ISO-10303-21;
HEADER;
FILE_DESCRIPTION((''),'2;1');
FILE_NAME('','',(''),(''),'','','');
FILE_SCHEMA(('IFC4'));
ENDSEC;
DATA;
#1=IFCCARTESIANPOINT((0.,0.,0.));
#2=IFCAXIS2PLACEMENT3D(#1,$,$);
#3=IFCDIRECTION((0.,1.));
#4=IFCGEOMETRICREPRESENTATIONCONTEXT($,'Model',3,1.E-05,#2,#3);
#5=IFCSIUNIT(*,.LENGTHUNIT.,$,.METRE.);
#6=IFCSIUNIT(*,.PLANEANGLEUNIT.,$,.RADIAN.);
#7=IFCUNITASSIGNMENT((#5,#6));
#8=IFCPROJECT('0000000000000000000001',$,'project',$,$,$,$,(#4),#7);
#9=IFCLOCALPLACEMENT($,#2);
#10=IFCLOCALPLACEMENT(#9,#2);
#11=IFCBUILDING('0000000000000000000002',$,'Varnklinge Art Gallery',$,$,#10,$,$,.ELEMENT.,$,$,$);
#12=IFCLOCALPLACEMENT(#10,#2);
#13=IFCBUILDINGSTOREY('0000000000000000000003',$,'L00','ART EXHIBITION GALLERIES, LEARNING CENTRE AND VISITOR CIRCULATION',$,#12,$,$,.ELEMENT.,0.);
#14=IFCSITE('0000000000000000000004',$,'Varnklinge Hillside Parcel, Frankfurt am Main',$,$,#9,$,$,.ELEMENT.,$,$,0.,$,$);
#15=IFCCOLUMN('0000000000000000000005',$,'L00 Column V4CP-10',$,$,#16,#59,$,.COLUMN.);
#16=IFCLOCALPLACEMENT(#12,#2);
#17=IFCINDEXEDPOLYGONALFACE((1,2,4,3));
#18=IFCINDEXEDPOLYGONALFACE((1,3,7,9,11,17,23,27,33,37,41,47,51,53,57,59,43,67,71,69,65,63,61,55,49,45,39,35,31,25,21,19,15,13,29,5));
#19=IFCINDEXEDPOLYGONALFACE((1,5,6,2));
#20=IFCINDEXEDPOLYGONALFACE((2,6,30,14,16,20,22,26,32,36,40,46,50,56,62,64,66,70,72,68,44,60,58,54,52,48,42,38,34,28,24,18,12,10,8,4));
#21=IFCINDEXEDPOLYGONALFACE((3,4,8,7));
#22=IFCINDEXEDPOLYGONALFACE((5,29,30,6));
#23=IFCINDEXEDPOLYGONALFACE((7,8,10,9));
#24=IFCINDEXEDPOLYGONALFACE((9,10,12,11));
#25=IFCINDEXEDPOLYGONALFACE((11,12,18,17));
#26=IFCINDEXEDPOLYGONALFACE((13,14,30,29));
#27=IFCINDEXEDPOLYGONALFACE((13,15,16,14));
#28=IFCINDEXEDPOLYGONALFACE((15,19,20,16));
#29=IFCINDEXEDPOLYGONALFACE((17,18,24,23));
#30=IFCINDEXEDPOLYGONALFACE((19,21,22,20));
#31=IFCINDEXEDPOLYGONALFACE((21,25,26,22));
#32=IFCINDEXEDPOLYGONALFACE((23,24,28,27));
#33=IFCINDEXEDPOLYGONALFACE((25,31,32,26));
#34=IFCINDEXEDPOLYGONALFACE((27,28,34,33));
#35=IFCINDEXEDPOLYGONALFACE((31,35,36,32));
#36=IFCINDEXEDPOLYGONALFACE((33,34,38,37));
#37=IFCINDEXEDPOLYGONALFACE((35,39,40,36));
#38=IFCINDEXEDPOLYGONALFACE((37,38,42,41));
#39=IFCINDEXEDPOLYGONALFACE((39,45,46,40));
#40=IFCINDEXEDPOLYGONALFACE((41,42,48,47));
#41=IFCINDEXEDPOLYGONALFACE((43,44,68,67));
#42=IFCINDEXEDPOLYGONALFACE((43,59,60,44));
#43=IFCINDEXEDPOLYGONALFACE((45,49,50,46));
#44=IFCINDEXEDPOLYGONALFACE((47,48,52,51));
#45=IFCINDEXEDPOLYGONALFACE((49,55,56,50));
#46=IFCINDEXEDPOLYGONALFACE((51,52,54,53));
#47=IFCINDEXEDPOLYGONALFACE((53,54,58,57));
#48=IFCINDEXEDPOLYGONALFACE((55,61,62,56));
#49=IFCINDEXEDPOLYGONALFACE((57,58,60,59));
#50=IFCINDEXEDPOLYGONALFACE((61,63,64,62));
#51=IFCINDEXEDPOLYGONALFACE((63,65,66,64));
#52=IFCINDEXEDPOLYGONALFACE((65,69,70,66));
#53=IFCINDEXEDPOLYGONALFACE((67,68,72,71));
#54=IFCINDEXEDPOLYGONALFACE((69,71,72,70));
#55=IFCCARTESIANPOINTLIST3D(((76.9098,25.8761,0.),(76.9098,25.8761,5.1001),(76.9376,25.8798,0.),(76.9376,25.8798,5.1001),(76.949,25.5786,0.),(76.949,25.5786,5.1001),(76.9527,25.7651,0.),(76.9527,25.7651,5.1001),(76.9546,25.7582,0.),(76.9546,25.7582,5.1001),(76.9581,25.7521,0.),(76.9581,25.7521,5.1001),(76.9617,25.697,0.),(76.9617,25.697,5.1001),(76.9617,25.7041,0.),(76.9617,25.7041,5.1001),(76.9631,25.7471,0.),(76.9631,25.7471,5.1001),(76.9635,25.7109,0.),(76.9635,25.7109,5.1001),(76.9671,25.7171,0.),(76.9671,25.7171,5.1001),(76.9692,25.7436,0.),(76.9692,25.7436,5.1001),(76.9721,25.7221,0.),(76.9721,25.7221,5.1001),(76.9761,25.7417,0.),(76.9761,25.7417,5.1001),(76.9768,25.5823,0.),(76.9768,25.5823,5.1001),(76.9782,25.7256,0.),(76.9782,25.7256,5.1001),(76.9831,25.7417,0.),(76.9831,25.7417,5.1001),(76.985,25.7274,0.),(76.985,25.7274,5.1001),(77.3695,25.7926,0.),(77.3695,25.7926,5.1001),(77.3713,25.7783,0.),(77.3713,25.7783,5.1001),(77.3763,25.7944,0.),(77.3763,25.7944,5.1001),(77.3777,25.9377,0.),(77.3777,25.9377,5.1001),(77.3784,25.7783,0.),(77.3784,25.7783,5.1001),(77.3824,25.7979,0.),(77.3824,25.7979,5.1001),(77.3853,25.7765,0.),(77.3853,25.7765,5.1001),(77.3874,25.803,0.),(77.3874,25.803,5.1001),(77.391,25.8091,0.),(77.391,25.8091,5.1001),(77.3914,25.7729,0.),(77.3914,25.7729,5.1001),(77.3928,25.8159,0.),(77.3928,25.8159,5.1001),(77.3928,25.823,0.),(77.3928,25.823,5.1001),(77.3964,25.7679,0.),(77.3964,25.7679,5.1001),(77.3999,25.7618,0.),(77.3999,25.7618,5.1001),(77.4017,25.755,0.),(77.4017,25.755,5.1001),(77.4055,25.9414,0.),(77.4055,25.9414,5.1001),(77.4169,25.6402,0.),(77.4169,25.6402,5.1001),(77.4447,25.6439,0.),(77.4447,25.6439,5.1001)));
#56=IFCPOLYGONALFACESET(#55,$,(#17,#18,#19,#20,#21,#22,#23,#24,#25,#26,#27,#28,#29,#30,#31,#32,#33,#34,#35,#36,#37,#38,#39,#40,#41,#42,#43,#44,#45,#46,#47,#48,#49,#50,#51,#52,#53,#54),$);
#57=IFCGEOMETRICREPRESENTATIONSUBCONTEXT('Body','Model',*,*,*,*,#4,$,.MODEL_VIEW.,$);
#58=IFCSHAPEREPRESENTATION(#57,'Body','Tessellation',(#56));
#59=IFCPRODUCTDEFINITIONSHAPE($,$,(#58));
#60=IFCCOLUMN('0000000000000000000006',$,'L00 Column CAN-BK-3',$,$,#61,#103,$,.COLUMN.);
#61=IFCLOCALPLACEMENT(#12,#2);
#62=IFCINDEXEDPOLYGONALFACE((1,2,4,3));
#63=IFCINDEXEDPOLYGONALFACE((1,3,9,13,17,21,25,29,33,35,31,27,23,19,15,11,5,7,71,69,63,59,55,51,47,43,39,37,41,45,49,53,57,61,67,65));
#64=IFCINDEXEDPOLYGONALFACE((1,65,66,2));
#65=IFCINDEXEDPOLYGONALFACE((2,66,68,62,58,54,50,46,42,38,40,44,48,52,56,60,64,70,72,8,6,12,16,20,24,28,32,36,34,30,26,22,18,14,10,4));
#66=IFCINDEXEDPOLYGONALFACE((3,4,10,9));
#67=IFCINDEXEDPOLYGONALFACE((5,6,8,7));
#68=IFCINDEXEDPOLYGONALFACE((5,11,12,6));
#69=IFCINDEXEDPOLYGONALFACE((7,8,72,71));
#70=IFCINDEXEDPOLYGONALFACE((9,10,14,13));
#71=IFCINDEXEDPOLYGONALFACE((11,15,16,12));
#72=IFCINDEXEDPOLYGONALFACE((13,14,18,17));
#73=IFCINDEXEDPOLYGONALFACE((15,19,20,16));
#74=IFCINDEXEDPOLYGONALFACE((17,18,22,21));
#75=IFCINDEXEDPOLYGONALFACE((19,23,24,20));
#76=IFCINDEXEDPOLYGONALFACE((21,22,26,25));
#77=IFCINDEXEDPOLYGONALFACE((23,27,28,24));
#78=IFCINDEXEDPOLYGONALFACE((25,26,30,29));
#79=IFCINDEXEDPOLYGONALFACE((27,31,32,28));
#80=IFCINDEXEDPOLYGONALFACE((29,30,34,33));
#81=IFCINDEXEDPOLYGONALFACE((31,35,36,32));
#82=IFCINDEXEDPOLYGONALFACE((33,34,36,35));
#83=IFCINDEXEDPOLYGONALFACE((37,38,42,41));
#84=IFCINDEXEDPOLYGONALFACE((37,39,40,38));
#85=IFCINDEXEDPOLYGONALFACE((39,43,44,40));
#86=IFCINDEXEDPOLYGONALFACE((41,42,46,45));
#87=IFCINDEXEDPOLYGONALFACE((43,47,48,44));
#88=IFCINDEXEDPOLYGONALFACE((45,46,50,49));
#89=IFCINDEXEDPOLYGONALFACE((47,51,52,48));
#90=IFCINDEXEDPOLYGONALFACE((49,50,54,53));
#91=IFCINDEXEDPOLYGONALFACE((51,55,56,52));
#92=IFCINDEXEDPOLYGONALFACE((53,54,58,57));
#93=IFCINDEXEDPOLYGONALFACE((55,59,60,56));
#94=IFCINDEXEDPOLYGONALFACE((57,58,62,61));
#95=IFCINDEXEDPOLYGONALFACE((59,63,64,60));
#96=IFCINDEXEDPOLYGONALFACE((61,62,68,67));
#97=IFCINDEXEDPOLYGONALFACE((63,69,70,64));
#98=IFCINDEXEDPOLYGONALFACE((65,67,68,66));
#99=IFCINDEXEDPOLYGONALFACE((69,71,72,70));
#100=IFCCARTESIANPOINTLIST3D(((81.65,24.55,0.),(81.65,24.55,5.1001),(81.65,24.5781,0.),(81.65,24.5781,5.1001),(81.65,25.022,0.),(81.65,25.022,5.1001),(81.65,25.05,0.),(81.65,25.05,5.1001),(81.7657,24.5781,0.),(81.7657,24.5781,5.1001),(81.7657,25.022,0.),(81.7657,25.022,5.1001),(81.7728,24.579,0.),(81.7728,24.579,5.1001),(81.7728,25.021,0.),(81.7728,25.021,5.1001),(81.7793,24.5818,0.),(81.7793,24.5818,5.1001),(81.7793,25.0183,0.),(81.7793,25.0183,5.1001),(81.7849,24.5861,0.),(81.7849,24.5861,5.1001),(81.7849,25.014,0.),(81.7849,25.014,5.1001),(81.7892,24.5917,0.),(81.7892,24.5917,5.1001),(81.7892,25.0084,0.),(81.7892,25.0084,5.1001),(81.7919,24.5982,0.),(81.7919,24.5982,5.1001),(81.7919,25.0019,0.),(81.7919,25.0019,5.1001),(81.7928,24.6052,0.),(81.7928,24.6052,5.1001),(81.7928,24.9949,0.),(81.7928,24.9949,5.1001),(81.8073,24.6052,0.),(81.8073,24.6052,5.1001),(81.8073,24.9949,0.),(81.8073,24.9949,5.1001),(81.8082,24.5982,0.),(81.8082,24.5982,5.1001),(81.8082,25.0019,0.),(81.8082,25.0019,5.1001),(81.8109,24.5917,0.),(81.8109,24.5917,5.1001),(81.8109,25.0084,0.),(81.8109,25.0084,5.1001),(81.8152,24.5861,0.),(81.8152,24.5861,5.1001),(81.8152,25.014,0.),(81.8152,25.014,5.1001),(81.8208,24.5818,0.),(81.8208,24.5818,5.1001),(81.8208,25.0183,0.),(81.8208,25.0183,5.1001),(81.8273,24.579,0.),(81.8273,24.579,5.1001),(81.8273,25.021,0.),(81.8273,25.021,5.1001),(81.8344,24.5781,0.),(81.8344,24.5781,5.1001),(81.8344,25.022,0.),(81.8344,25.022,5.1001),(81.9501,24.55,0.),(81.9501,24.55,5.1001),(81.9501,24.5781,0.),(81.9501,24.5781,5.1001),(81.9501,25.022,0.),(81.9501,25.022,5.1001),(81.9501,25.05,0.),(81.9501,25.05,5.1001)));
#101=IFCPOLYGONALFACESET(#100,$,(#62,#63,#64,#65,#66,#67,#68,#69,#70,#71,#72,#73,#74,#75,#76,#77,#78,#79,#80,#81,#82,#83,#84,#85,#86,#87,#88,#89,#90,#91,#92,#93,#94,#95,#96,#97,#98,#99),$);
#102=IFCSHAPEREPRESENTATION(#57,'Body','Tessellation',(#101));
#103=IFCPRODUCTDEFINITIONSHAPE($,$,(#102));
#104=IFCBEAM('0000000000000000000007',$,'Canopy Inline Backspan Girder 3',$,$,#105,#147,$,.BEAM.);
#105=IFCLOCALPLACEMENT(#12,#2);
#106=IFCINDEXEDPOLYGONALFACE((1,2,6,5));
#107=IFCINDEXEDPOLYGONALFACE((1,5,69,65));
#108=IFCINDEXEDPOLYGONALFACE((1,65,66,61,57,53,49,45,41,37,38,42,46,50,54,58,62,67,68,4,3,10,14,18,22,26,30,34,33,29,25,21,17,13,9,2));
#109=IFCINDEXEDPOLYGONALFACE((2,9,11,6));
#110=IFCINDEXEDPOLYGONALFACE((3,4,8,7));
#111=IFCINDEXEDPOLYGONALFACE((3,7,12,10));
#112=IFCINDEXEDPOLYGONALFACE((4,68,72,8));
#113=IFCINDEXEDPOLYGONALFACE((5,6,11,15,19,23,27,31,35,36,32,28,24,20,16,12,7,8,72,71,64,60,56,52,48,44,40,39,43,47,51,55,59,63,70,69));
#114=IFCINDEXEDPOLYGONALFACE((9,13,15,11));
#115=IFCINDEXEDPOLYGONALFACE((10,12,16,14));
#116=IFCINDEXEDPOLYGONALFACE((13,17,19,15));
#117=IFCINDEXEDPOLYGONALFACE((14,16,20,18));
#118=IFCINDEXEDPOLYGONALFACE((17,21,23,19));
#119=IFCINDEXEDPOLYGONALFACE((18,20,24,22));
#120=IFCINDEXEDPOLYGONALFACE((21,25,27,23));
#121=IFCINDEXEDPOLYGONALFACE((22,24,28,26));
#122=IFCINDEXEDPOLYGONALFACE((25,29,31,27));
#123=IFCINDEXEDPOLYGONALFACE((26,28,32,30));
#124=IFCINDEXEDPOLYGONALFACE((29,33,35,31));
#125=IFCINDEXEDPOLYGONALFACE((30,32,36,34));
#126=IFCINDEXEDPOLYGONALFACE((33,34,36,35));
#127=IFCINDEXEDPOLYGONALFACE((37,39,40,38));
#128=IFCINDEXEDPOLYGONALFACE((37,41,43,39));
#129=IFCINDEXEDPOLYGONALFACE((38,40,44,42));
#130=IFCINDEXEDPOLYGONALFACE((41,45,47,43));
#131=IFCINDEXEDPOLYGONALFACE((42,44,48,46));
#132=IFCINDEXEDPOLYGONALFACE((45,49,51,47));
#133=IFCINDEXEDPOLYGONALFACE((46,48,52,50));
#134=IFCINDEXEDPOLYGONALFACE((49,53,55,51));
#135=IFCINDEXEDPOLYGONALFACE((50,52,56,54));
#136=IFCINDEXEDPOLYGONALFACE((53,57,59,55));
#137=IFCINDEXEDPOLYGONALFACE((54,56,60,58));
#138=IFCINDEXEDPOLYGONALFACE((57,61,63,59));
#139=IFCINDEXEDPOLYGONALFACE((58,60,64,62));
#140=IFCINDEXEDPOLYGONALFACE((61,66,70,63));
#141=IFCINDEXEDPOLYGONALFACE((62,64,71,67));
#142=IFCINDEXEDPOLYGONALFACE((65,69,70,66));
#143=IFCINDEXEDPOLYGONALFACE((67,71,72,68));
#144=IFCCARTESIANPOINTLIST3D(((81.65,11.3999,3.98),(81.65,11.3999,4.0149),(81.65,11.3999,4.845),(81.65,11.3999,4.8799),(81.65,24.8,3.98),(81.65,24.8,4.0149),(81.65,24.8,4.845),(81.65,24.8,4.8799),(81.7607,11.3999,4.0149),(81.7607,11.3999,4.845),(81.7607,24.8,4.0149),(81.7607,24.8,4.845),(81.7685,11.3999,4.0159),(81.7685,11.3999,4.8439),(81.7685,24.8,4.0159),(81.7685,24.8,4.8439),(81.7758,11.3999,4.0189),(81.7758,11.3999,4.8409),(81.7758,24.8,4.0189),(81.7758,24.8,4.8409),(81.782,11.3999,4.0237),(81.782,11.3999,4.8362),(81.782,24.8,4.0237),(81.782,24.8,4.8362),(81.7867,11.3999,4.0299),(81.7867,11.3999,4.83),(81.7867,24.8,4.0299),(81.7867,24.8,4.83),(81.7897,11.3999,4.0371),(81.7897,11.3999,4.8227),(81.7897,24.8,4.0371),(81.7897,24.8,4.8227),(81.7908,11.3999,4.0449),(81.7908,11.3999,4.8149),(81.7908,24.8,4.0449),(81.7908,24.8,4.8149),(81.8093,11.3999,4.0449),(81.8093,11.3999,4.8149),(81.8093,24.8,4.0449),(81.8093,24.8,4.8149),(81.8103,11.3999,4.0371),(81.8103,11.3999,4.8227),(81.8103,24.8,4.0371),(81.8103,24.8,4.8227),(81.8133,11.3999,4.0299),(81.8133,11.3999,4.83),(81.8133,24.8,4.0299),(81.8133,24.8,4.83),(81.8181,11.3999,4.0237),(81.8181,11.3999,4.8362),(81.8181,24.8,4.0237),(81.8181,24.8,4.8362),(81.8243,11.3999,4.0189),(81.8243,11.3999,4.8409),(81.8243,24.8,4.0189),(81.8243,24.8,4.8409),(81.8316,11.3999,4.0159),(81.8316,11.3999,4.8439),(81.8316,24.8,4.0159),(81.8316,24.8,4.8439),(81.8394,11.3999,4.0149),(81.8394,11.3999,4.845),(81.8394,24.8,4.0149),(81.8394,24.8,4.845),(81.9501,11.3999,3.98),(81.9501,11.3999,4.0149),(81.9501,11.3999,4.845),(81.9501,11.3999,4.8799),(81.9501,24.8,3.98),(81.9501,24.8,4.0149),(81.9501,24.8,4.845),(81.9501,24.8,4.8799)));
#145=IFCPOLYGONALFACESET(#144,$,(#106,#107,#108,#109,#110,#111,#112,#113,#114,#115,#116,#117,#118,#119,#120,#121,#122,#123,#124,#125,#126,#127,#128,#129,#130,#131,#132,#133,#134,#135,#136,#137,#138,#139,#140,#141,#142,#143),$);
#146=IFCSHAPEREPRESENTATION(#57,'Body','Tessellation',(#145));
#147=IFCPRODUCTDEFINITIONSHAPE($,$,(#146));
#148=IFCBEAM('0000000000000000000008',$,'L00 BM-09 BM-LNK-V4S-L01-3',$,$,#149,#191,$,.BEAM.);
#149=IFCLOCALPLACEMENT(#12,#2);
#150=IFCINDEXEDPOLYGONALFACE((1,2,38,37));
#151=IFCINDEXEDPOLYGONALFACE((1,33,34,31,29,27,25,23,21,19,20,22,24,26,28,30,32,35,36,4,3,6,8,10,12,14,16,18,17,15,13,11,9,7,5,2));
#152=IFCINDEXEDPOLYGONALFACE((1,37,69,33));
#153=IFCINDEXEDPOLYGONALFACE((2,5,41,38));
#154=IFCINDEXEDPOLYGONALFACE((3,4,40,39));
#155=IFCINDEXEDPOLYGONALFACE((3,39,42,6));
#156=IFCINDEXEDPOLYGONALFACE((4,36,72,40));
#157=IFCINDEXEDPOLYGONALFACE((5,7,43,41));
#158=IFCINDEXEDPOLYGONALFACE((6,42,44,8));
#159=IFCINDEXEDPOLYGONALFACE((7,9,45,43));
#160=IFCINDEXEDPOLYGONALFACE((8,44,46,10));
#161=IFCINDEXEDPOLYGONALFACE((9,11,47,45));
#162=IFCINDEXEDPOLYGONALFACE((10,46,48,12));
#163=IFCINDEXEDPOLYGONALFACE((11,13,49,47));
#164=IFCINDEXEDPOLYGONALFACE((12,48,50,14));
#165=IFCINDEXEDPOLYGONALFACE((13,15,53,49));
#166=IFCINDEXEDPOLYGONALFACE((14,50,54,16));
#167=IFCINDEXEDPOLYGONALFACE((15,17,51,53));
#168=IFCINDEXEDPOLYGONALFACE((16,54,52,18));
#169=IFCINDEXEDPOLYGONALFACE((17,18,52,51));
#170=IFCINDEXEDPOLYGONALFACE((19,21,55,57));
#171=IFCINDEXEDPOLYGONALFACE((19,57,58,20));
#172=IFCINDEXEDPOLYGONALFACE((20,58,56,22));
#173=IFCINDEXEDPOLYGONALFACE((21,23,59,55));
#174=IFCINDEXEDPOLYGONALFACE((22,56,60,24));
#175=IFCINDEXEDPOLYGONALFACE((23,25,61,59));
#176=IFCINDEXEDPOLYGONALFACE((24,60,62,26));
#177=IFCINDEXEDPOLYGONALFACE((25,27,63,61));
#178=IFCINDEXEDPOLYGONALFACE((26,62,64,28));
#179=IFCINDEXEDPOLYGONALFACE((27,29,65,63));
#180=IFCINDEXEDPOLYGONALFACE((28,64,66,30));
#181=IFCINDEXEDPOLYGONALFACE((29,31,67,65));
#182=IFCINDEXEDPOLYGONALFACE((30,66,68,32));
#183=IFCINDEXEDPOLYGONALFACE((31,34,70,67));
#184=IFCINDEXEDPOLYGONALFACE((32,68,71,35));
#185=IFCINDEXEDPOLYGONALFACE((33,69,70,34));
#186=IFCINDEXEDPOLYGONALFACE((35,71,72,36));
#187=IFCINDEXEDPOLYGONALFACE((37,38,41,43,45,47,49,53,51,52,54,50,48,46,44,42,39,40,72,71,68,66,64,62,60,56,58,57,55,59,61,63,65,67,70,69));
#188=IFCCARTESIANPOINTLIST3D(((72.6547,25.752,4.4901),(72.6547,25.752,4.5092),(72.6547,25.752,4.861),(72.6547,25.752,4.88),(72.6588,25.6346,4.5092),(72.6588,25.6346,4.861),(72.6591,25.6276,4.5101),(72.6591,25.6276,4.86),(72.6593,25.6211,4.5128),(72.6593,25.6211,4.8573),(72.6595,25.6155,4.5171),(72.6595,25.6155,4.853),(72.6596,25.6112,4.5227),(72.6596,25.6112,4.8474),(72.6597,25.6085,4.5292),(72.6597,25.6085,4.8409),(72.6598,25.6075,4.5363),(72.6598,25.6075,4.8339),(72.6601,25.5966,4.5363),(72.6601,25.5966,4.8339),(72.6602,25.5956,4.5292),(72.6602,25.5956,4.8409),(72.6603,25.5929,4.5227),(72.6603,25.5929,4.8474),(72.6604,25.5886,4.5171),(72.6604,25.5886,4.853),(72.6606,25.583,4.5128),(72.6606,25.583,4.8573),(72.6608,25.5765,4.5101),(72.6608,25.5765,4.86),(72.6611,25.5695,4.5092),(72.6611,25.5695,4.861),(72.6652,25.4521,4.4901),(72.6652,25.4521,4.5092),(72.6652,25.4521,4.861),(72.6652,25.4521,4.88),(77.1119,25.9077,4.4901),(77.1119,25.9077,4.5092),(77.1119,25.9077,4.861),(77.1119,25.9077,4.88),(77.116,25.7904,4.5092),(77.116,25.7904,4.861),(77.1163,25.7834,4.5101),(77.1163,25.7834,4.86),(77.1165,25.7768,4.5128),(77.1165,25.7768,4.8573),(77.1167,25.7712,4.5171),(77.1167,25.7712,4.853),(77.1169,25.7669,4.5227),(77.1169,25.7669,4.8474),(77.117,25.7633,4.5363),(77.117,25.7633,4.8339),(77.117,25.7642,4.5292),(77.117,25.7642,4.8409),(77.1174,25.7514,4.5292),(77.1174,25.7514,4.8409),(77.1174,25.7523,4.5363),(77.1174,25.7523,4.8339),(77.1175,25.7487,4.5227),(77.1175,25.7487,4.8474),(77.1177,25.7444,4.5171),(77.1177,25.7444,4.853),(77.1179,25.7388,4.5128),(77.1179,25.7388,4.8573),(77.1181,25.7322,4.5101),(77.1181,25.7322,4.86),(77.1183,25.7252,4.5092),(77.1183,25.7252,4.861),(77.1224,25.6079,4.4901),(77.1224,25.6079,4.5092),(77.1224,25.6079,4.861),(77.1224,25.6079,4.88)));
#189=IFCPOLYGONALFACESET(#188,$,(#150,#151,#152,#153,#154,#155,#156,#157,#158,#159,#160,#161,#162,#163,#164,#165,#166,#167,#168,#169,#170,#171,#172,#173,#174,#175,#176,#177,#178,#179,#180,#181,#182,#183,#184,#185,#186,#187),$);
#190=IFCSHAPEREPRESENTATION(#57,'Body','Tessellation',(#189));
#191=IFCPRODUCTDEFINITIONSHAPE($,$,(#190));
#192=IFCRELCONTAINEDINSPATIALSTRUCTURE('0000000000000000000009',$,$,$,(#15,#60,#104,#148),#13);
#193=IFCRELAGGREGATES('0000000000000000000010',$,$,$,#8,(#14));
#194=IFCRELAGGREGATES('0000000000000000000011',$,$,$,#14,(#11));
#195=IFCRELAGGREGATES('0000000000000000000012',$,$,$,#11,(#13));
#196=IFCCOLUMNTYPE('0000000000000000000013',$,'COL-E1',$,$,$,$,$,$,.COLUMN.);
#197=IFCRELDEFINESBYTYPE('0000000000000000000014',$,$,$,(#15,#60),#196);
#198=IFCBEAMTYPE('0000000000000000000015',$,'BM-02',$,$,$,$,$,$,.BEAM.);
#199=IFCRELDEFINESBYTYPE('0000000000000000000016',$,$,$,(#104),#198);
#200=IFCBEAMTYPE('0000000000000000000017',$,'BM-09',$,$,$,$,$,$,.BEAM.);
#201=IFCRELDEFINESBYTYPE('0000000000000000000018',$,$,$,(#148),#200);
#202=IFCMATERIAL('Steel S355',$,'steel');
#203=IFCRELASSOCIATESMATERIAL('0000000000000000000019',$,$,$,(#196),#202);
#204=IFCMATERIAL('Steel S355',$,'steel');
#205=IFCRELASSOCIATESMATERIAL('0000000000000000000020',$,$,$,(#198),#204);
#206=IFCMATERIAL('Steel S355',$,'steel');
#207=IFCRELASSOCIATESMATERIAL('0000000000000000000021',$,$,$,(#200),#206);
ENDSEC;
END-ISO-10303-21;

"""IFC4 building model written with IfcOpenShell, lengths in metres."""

from ifc_helpers import new_model, si_unit, direction, frame, origin, origin_2d, place, context, subcontext, project, spatial, i_section, extrude, material, material_profile, profile_set, type_object, element, save


model = new_model("IFC4")

# Units and contexts
model_context = context("Model", 3, precision=1e-05, world=origin(), true_north=direction((0.0, 1.0)))
body_context = subcontext(model_context, "Body", "Model", "MODEL_VIEW")
ifc_project = project(units=[si_unit("LENGTHUNIT", "METRE"), si_unit("PLANEANGLEUNIT", "RADIAN")], contexts=[model_context])

# Site, building, storey
site_placement = place(None, origin())
site = spatial("IfcSite", under=ifc_project, at=site_placement, Name="Varnklinge Hillside Parcel, Frankfurt am Main", CompositionType="ELEMENT", RefElevation=0.0)
building_placement = place(site_placement, origin())
building = spatial("IfcBuilding", under=site, at=building_placement, Name="Varnklinge Art Gallery", CompositionType="ELEMENT")
storey_placement = place(building_placement, origin())
storey = spatial("IfcBuildingStorey", under=building, at=storey_placement, Name="L00", Description="ART EXHIBITION GALLERIES, LEARNING CENTRE AND VISITOR CIRCULATION", CompositionType="ELEMENT", Elevation=0.0)

# Columns
ifc_material_1 = material(Name="Steel S355", Category="steel")
ifc_material_profile_1 = material_profile(ifc_material_1, i_section(OverallWidth=0.3, OverallDepth=0.5, WebThickness=0.0144, FlangeThickness=0.0281, FilletRadius=0.0271, at=origin_2d()), Name="HEB 500")
ifc_profile_set_1 = profile_set([ifc_material_profile_1], Name="Steel S355")
column_type = type_object("IfcColumnType", Name="COL-E1", PredefinedType="COLUMN", material=ifc_profile_set_1)
for number, where, z_axis, x_axis, name in (
    (1, (77.1772, 25.76, 0.0), (0.0, 0.0, 1.0), (0.130526, -0.991445, 0.0), "L00 Column V4CP-10"),
    (2, (81.8, 24.8, 0.0), (0.0, 0.0, 1.0), (1.0, 0.0, 0.0), "L00 Column CAN-BK-3"),
):
    element("IfcColumn", number, at=place(storey_placement, frame(where, z_axis=z_axis, x_axis=x_axis)), inside=storey, type_object=column_type, Name=name, PredefinedType="COLUMN", context=body_context, shape_type="SweptSolid", body=[
        extrude(i_section(OverallWidth=0.3, OverallDepth=0.5, WebThickness=0.0144, FlangeThickness=0.0281, FilletRadius=0.0271, at=origin_2d()), origin(), (0.0, 0.0, 1.0), 5.1001),
    ])

# Beams
ifc_material_2 = material(Name="Steel S355", Category="steel")
ifc_material_profile_2 = material_profile(ifc_material_2, i_section(OverallWidth=0.3, OverallDepth=0.8999, WebThickness=0.0186, FlangeThickness=0.0349, FilletRadius=0.03, at=origin_2d()), Name="HEB 900")
ifc_profile_set_2 = profile_set([ifc_material_profile_2], Name="Steel S355")
beam_type_1 = type_object("IfcBeamType", Name="BM-02", PredefinedType="BEAM", material=ifc_profile_set_2)
beam_1_placement = place(storey_placement, frame((81.8, 24.8, 4.4299), z_axis=(0.0, -1.0, 0.0), x_axis=(1.0, 0.0, 0.0)))
element("IfcBeam", 3, at=beam_1_placement, inside=storey, type_object=beam_type_1, Name="Canopy Inline Backspan Girder 3", PredefinedType="BEAM", context=body_context, shape_type="SweptSolid", body=[
    extrude(i_section(OverallWidth=0.3, OverallDepth=0.8999, WebThickness=0.0186, FlangeThickness=0.0349, FilletRadius=0.03, at=origin_2d()), origin(), (0.0, 0.0, 1.0), 13.4001),
])
ifc_material_3 = material(Name="Steel S355", Category="steel")
ifc_material_profile_3 = material_profile(ifc_material_3, i_section(OverallWidth=0.3, OverallDepth=0.3899, WebThickness=0.011, FlangeThickness=0.019, FilletRadius=0.0271, at=origin_2d()), Name="HEA 400")
ifc_profile_set_3 = profile_set([ifc_material_profile_3], Name="Steel S355")
beam_type_2 = type_object("IfcBeamType", Name="BM-09", PredefinedType="BEAM", material=ifc_profile_set_3)
beam_2_placement = place(storey_placement, frame((77.1172, 25.7578, 4.6851), z_axis=(-0.99939, -0.034924, 0.0), x_axis=(0.034924, -0.99939, 0.0)))
element("IfcBeam", 4, at=beam_2_placement, inside=storey, type_object=beam_type_2, Name="L00 BM-09 BM-LNK-V4S-L01-3", PredefinedType="BEAM", context=body_context, shape_type="SweptSolid", body=[
    extrude(i_section(OverallWidth=0.3, OverallDepth=0.3899, WebThickness=0.011, FlangeThickness=0.019, FilletRadius=0.0271, at=origin_2d()), origin(), (0.0, 0.0, 1.0), 4.46),
])

save(model, "model.ifc")
